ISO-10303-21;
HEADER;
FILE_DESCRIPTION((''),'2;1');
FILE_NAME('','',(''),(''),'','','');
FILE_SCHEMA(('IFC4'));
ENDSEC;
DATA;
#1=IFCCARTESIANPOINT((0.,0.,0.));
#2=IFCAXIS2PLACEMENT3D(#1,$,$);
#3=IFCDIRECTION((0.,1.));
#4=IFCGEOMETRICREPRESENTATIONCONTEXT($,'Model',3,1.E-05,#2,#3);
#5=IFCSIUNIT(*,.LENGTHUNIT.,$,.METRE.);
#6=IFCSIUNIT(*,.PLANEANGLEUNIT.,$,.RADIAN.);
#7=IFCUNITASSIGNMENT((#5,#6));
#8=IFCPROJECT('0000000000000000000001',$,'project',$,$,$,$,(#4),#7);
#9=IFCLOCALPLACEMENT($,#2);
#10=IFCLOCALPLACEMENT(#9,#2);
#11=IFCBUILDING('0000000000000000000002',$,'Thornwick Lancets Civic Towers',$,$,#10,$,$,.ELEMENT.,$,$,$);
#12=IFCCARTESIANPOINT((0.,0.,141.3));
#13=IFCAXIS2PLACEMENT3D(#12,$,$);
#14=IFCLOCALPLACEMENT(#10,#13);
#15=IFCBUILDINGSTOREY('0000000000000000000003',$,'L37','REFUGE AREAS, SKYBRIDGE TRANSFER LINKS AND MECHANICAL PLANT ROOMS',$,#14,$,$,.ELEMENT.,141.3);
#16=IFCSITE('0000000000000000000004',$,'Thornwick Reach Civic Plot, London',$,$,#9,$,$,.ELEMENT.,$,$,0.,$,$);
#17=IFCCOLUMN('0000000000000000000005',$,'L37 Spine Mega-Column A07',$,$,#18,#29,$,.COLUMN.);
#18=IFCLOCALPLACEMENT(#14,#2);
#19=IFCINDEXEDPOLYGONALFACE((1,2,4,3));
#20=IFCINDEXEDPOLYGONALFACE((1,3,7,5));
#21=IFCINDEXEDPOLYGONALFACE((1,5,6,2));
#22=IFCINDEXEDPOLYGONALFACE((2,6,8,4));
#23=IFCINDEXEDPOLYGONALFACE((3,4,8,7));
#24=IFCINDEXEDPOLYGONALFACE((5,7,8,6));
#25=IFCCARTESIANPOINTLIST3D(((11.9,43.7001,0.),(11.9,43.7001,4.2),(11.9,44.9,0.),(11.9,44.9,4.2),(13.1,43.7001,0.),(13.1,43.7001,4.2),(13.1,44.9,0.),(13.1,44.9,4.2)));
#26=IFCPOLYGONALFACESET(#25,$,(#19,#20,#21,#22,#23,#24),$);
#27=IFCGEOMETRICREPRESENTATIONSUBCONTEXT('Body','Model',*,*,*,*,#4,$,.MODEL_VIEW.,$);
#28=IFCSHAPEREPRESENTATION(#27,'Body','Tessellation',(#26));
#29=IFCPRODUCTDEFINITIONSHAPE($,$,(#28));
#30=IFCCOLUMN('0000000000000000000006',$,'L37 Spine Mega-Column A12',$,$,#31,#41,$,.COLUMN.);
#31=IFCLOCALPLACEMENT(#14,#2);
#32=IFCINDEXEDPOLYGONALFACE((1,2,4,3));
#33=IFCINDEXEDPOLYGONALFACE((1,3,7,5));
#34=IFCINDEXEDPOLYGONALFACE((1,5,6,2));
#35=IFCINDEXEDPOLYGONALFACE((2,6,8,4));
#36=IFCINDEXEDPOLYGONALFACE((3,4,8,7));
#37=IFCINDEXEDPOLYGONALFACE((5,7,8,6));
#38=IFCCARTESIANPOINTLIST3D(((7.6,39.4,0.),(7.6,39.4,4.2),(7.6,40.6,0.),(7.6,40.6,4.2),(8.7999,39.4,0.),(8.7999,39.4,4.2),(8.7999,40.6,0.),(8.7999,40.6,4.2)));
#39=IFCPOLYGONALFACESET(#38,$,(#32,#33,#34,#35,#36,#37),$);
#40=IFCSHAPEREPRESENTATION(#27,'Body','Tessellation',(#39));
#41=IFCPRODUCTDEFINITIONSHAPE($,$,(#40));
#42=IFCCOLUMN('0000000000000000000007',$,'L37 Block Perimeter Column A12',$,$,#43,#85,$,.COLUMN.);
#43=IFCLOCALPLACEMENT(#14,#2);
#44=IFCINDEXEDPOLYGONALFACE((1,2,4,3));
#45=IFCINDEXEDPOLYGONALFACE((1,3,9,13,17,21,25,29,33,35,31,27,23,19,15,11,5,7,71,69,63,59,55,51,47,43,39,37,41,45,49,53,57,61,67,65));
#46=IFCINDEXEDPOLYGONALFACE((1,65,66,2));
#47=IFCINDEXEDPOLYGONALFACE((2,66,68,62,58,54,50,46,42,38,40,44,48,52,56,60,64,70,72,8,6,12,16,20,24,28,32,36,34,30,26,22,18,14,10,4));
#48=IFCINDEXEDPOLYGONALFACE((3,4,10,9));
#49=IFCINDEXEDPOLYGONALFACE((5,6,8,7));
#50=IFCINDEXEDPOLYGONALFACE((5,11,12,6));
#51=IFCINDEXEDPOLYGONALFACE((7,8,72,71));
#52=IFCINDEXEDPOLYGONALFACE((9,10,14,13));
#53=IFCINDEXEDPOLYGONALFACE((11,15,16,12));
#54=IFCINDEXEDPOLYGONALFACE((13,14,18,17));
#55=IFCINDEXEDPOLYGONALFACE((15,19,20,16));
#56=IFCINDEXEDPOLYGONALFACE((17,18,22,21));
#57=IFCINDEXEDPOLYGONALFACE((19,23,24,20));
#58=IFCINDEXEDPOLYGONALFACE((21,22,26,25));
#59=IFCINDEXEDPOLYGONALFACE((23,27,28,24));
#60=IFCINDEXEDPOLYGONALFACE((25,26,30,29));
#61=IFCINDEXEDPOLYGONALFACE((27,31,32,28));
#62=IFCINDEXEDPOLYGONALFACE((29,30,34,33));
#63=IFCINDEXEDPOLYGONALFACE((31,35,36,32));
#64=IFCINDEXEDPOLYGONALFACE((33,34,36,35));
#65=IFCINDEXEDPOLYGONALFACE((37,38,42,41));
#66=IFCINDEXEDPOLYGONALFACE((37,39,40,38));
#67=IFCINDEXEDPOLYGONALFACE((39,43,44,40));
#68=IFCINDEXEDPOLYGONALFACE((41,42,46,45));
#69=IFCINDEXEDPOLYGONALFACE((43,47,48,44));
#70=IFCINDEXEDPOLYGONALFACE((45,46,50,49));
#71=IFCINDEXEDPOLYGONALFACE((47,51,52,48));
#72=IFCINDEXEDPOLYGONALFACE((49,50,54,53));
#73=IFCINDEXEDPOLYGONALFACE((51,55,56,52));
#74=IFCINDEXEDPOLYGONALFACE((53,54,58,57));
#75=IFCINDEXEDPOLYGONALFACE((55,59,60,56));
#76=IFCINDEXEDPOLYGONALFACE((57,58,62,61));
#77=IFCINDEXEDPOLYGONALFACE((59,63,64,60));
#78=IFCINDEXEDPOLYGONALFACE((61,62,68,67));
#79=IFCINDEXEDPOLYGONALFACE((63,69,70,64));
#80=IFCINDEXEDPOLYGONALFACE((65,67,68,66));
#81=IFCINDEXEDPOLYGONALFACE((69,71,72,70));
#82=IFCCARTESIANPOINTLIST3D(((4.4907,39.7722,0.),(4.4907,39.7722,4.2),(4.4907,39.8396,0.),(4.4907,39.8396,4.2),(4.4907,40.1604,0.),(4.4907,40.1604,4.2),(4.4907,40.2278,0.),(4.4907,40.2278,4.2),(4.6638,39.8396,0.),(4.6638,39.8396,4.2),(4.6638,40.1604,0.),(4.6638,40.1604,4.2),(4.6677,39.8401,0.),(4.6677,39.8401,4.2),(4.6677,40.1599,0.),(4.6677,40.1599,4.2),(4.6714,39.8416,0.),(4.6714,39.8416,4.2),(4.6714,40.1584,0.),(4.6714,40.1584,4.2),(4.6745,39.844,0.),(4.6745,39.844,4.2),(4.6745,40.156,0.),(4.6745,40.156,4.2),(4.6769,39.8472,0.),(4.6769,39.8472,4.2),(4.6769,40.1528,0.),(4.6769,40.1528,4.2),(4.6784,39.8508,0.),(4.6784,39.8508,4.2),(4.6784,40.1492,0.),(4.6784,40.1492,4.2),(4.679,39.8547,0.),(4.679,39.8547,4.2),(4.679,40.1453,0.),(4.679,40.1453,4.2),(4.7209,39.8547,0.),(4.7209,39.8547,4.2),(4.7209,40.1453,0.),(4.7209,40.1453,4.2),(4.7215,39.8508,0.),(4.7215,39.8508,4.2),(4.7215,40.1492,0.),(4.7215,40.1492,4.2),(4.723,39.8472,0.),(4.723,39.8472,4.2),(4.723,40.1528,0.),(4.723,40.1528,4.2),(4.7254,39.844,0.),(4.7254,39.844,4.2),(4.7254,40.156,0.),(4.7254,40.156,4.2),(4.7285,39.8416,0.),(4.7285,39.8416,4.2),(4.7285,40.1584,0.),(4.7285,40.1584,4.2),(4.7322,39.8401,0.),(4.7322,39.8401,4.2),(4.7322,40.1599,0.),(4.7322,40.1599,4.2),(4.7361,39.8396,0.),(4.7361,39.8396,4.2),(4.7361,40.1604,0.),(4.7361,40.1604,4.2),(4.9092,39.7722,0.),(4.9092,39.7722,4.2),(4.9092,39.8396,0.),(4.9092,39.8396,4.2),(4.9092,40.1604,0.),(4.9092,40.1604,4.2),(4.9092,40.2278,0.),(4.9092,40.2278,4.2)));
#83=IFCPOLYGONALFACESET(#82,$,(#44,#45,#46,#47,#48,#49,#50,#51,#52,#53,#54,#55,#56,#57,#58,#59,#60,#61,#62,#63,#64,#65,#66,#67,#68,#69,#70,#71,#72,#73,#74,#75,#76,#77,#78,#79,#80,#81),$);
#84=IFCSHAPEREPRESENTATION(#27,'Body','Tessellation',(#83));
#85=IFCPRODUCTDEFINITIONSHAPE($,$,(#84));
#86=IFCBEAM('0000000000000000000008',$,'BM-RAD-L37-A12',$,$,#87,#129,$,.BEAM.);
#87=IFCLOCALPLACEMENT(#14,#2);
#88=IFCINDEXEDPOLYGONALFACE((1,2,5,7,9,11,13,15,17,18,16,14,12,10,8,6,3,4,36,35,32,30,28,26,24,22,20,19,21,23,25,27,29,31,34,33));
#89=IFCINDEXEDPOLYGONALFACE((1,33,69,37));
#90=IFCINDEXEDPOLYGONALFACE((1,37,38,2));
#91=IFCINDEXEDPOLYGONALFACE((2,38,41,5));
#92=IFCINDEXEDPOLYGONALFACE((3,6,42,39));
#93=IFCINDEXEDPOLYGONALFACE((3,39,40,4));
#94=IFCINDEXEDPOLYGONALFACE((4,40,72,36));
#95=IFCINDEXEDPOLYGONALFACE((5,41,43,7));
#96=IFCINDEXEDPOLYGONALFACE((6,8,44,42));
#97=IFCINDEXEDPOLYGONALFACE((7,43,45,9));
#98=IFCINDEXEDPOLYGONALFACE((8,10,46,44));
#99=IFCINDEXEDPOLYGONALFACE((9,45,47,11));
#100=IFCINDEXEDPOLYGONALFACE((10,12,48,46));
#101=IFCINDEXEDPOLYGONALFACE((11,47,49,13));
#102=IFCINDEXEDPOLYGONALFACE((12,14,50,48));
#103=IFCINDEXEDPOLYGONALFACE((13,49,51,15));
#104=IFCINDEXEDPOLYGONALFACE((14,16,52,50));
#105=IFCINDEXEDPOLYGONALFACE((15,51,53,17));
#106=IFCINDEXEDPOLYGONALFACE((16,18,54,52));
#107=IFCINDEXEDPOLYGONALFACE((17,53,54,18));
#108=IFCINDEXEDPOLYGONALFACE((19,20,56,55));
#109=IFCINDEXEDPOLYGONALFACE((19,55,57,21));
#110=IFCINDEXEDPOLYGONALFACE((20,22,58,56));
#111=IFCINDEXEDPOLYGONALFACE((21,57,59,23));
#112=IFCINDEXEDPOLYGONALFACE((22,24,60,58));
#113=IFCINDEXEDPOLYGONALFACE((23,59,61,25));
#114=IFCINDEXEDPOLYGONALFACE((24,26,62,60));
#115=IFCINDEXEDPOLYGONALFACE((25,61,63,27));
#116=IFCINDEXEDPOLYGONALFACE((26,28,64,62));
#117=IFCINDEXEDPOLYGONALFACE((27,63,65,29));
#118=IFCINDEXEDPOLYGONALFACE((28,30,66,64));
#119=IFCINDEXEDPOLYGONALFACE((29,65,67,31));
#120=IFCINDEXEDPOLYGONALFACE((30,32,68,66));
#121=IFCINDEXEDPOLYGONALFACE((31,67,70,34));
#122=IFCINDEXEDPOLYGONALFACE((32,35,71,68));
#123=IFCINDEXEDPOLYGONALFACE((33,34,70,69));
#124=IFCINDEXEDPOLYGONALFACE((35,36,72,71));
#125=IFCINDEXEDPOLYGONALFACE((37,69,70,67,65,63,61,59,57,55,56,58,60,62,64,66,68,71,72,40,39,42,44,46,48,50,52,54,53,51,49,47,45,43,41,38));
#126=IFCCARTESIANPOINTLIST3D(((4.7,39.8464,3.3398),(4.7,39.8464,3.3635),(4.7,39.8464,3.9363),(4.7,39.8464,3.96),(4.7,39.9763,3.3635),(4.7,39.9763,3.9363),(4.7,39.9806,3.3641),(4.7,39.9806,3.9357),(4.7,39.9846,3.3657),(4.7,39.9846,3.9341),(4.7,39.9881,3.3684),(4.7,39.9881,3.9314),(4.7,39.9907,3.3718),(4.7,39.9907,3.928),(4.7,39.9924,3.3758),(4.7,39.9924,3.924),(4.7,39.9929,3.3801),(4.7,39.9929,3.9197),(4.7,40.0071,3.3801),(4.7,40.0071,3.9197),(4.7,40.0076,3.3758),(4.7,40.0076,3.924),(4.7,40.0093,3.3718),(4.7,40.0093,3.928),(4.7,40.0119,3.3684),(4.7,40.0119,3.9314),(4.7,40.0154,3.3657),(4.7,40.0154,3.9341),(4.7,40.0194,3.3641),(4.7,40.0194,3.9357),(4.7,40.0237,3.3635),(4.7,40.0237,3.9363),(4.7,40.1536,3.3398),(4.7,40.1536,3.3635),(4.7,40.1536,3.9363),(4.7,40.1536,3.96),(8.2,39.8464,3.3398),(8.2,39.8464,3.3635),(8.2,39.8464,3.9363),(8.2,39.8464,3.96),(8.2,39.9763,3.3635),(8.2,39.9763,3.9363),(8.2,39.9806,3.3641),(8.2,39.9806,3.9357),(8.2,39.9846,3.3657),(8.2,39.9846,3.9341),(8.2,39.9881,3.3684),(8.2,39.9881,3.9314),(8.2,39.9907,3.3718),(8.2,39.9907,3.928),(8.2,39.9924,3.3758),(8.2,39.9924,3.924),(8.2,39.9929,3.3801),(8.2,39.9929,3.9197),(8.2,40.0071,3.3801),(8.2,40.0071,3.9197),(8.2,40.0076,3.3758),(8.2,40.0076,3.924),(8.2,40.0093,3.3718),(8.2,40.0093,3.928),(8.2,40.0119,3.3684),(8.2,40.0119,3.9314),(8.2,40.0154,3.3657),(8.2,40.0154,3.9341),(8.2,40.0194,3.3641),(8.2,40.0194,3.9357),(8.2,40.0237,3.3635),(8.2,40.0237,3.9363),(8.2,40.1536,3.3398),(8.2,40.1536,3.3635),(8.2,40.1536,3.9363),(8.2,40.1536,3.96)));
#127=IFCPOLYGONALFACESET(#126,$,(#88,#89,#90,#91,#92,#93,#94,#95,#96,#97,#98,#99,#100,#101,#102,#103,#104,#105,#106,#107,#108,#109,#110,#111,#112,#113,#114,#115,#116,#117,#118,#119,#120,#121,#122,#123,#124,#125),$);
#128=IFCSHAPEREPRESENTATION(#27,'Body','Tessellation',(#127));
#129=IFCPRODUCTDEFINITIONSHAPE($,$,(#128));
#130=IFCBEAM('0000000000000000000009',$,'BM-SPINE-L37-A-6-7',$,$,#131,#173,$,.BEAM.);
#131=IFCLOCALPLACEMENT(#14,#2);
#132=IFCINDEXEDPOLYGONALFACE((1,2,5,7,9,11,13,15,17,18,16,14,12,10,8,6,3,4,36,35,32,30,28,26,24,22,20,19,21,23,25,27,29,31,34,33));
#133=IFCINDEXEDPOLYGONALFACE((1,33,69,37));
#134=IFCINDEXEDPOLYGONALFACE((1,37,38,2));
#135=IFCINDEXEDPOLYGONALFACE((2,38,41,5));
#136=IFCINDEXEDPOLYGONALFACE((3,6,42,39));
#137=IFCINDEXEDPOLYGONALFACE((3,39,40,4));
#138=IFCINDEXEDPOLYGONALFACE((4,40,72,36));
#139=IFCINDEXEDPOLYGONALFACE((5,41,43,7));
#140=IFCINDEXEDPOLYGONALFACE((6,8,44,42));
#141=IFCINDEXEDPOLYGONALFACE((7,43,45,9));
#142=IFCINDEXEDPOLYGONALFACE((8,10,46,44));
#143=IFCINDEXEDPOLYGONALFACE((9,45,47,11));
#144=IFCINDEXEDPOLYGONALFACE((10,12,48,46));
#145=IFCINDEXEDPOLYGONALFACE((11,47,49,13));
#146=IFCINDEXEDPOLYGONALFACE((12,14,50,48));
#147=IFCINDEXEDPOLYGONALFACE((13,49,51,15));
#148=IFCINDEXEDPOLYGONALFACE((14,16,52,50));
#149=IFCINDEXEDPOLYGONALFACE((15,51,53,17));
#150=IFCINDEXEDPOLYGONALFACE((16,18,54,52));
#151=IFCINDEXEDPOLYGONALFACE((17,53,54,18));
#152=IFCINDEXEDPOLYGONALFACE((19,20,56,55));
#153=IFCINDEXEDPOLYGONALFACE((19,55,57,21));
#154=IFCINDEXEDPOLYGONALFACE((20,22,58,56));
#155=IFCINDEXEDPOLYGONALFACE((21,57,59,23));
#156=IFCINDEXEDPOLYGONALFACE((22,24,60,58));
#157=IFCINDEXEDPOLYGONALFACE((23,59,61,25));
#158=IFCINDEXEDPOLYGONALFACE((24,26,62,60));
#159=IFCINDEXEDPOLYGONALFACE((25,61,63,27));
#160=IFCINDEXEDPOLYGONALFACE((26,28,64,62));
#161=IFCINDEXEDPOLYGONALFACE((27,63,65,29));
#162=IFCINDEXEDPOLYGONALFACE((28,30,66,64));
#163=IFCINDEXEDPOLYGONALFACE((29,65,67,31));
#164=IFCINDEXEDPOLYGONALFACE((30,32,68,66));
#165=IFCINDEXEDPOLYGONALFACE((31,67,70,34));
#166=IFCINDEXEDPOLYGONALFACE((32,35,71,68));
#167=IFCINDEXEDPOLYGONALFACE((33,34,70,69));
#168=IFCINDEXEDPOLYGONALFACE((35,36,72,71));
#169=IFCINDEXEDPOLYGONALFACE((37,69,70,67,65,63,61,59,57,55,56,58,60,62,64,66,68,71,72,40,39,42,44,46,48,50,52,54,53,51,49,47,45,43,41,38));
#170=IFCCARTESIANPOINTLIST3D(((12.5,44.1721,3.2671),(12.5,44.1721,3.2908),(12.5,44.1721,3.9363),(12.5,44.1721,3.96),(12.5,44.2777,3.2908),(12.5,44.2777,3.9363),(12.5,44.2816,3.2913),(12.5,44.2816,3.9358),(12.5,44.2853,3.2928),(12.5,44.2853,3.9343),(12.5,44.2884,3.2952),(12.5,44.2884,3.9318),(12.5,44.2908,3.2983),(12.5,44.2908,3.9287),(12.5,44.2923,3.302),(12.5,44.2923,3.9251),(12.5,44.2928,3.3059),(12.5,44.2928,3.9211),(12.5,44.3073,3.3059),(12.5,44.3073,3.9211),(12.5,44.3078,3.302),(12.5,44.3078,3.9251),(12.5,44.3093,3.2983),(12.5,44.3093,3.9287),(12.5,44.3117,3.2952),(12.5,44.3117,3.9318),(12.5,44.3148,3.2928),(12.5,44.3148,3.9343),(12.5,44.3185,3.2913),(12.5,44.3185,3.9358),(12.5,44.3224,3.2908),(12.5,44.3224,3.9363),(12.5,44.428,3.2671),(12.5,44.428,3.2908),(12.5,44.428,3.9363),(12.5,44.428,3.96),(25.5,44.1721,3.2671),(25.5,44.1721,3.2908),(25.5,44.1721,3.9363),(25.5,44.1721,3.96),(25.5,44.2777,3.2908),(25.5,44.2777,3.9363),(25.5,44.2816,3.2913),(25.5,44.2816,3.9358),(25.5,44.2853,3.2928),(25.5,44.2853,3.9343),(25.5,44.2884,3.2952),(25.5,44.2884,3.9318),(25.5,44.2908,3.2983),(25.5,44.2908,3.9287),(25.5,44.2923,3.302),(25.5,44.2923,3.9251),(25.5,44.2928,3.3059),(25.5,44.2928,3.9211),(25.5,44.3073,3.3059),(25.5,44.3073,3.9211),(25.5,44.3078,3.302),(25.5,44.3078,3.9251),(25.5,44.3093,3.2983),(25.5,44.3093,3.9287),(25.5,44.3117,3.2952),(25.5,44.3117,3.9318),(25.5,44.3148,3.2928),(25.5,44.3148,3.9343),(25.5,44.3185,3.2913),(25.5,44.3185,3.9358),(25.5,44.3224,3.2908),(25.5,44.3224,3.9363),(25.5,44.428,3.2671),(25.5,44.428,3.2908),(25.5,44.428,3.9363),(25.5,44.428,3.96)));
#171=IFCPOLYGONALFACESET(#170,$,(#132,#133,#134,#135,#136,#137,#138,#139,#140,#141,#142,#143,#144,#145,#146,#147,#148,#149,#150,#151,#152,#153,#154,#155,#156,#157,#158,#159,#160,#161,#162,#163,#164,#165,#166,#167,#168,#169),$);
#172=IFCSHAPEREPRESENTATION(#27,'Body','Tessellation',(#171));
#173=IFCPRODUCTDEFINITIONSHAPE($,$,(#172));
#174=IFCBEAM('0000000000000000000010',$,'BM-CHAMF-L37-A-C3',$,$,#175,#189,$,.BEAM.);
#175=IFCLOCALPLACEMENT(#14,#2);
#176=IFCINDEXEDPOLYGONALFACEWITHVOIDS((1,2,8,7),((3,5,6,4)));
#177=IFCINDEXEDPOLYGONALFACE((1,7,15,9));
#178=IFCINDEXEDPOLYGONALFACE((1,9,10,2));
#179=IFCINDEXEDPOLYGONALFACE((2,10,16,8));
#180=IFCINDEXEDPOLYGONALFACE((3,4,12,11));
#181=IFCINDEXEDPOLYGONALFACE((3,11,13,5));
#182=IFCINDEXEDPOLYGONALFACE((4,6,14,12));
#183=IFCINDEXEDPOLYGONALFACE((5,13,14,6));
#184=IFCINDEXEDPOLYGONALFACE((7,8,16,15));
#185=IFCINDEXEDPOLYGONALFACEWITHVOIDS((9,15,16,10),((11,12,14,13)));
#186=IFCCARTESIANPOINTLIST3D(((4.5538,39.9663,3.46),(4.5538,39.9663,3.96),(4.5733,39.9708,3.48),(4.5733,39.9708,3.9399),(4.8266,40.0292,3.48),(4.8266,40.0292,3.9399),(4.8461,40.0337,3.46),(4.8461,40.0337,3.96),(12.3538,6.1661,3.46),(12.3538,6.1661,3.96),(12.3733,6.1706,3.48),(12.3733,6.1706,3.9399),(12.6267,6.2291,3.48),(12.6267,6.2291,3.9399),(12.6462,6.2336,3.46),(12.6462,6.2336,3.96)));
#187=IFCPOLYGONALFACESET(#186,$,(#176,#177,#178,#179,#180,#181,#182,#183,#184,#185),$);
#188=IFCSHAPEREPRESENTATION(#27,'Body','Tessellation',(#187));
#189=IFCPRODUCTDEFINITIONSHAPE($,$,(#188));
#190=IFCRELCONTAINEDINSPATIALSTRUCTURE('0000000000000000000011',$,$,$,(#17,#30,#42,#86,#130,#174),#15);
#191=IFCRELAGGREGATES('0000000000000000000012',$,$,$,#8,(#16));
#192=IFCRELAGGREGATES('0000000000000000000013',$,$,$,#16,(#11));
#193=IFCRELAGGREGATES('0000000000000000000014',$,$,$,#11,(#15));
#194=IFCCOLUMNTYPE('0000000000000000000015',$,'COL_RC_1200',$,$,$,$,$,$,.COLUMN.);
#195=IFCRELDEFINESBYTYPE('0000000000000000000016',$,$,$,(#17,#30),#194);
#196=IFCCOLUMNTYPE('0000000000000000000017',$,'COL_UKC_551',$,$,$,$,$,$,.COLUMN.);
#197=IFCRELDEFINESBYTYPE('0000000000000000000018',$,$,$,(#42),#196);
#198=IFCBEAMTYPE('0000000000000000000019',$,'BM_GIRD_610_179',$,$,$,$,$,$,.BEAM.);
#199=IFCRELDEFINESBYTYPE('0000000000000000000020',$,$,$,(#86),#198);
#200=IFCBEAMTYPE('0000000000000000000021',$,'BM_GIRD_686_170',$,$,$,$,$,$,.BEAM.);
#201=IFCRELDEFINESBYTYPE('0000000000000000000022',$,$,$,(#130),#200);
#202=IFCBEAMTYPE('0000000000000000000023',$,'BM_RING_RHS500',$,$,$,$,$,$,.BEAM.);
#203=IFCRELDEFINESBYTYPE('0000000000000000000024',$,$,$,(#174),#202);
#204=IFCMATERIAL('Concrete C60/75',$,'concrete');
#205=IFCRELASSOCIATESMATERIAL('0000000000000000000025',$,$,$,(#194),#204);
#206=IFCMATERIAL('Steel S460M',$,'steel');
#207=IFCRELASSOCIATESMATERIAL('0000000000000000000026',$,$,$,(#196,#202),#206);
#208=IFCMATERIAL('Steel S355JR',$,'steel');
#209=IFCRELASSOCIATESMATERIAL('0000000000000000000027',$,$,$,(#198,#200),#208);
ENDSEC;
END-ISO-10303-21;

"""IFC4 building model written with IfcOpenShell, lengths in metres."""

from ifc_helpers import new_model, si_unit, direction, frame, origin, origin_2d, place, context, subcontext, project, spatial, rectangle, hollow_rectangle, i_section, extrude, material, material_profile, profile_set, type_object, element, save


model = new_model("IFC4")

# Units and contexts
model_context = context("Model", 3, precision=1e-05, world=origin(), true_north=direction((0.0, 1.0)))
body_context = subcontext(model_context, "Body", "Model", "MODEL_VIEW")
ifc_project = project(units=[si_unit("LENGTHUNIT", "METRE"), si_unit("PLANEANGLEUNIT", "RADIAN")], contexts=[model_context])

# Site, building, storey
site_placement = place(None, origin())
site = spatial("IfcSite", under=ifc_project, at=site_placement, Name="Thornwick Reach Civic Plot, London", CompositionType="ELEMENT", RefElevation=0.0)
building_placement = place(site_placement, origin())
building = spatial("IfcBuilding", under=site, at=building_placement, Name="Thornwick Lancets Civic Towers", CompositionType="ELEMENT")
storey_placement = place(building_placement, frame((0.0, 0.0, 141.3)))
storey = spatial("IfcBuildingStorey", under=building, at=storey_placement, Name="L37", Description="REFUGE AREAS, SKYBRIDGE TRANSFER LINKS AND MECHANICAL PLANT ROOMS", CompositionType="ELEMENT", Elevation=141.3)

# Columns
ifc_material_1 = material(Name="Concrete C60/75", Category="concrete")
ifc_material_profile_1 = material_profile(ifc_material_1, rectangle(XDim=1.2, YDim=1.2, at=origin_2d()), Name="RC 1200x1200")
ifc_profile_set_1 = profile_set([ifc_material_profile_1], Name="Concrete C60/75")
column_type_1 = type_object("IfcColumnType", Name="COL_RC_1200", PredefinedType="COLUMN", material=ifc_profile_set_1)
for number, where, z_axis, x_axis, name in (
    (1, (12.5, 44.3, 0.0), (0.0, 0.0, 1.0), (1.0, 0.0, 0.0), "L37 Spine Mega-Column A07"),
    (2, (8.2, 40.0, 0.0), (0.0, 0.0, 1.0), (1.0, 0.0, 0.0), "L37 Spine Mega-Column A12"),
):
    element("IfcColumn", number, at=place(storey_placement, frame(where, z_axis=z_axis, x_axis=x_axis)), inside=storey, type_object=column_type_1, Name=name, PredefinedType="COLUMN", context=body_context, shape_type="SweptSolid", body=[
        extrude(rectangle(XDim=1.2, YDim=1.2, at=origin_2d()), origin(), (0.0, 0.0, 1.0), 4.2),
    ])
ifc_material_2 = material(Name="Steel S460M", Category="steel")
ifc_material_profile_2 = material_profile(ifc_material_2, i_section(OverallWidth=0.4185, OverallDepth=0.4556, WebThickness=0.042, FlangeThickness=0.0674, FilletRadius=0.0151, at=origin_2d()), Name="UKC 356x406x551")
ifc_profile_set_2 = profile_set([ifc_material_profile_2], Name="Steel S460M")
column_type_2 = type_object("IfcColumnType", Name="COL_UKC_551", PredefinedType="COLUMN", material=ifc_profile_set_2)
column_placement = place(storey_placement, frame((4.7, 40.0, 0.0), z_axis=(0.0, 0.0, 1.0), x_axis=(1.0, 0.0, 0.0)))
element("IfcColumn", 3, at=column_placement, inside=storey, type_object=column_type_2, Name="L37 Block Perimeter Column A12", PredefinedType="COLUMN", context=body_context, shape_type="SweptSolid", body=[
    extrude(i_section(OverallWidth=0.4185, OverallDepth=0.4556, WebThickness=0.042, FlangeThickness=0.0674, FilletRadius=0.0151, at=origin_2d()), origin(), (0.0, 0.0, 1.0), 4.2),
])

# Beams
ifc_material_3 = material(Name="Steel S355JR", Category="steel")
ifc_material_profile_3 = material_profile(ifc_material_3, i_section(OverallWidth=0.3071, OverallDepth=0.6201, WebThickness=0.0142, FlangeThickness=0.0237, FilletRadius=0.0166, at=origin_2d()), Name="UKB 610x305x179")
ifc_profile_set_3 = profile_set([ifc_material_profile_3], Name="Steel S355JR")
beam_type_1 = type_object("IfcBeamType", Name="BM_GIRD_610_179", PredefinedType="BEAM", material=ifc_profile_set_3)
beam_1_placement = place(storey_placement, frame((8.2, 40.0, 3.6499), z_axis=(-1.0, 0.0, 0.0), x_axis=(0.0, -1.0, 0.0)))
element("IfcBeam", 4, at=beam_1_placement, inside=storey, type_object=beam_type_1, Name="BM-RAD-L37-A12", PredefinedType="BEAM", context=body_context, shape_type="SweptSolid", body=[
    extrude(i_section(OverallWidth=0.3071, OverallDepth=0.6201, WebThickness=0.0142, FlangeThickness=0.0237, FilletRadius=0.0166, at=origin_2d()), origin(), (0.0, 0.0, 1.0), 3.5),
])
ifc_material_profile_4 = material_profile(ifc_material_3, i_section(OverallWidth=0.2559, OverallDepth=0.6929, WebThickness=0.0144, FlangeThickness=0.0237, FilletRadius=0.0151, at=origin_2d()), Name="UKB 686x254x170")
ifc_profile_set_4 = profile_set([ifc_material_profile_4], Name="Steel S355JR")
beam_type_2 = type_object("IfcBeamType", Name="BM_GIRD_686_170", PredefinedType="BEAM", material=ifc_profile_set_4)
beam_2_placement = place(storey_placement, frame((12.5, 44.3, 3.6135), z_axis=(1.0, 0.0, 0.0), x_axis=(0.0, 1.0, 0.0)))
element("IfcBeam", 5, at=beam_2_placement, inside=storey, type_object=beam_type_2, Name="BM-SPINE-L37-A-6-7", PredefinedType="BEAM", context=body_context, shape_type="SweptSolid", body=[
    extrude(i_section(OverallWidth=0.2559, OverallDepth=0.6929, WebThickness=0.0144, FlangeThickness=0.0237, FilletRadius=0.0151, at=origin_2d()), origin(), (0.0, 0.0, 1.0), 13.0),
])
ifc_material_profile_5 = material_profile(ifc_material_2, hollow_rectangle(XDim=0.3, YDim=0.5, WallThickness=0.02, at=origin_2d()), Name="RHS 500x300x20")
ifc_profile_set_5 = profile_set([ifc_material_profile_5], Name="Steel S460M")
beam_type_3 = type_object("IfcBeamType", Name="BM_RING_RHS500", PredefinedType="BEAM", material=ifc_profile_set_5)
beam_3_placement = place(storey_placement, frame((4.7, 40.0, 3.71), z_axis=(0.224861, -0.974391, 0.0), x_axis=(0.974391, 0.224861, 0.0)))
element("IfcBeam", 6, at=beam_3_placement, inside=storey, type_object=beam_type_3, Name="BM-CHAMF-L37-A-C3", PredefinedType="BEAM", context=body_context, shape_type="SweptSolid", body=[
    extrude(hollow_rectangle(XDim=0.3, YDim=0.5, WallThickness=0.02, at=origin_2d()), origin(), (0.0, 0.0, 1.0), 34.6885),
])

save(model, "model.ifc")
